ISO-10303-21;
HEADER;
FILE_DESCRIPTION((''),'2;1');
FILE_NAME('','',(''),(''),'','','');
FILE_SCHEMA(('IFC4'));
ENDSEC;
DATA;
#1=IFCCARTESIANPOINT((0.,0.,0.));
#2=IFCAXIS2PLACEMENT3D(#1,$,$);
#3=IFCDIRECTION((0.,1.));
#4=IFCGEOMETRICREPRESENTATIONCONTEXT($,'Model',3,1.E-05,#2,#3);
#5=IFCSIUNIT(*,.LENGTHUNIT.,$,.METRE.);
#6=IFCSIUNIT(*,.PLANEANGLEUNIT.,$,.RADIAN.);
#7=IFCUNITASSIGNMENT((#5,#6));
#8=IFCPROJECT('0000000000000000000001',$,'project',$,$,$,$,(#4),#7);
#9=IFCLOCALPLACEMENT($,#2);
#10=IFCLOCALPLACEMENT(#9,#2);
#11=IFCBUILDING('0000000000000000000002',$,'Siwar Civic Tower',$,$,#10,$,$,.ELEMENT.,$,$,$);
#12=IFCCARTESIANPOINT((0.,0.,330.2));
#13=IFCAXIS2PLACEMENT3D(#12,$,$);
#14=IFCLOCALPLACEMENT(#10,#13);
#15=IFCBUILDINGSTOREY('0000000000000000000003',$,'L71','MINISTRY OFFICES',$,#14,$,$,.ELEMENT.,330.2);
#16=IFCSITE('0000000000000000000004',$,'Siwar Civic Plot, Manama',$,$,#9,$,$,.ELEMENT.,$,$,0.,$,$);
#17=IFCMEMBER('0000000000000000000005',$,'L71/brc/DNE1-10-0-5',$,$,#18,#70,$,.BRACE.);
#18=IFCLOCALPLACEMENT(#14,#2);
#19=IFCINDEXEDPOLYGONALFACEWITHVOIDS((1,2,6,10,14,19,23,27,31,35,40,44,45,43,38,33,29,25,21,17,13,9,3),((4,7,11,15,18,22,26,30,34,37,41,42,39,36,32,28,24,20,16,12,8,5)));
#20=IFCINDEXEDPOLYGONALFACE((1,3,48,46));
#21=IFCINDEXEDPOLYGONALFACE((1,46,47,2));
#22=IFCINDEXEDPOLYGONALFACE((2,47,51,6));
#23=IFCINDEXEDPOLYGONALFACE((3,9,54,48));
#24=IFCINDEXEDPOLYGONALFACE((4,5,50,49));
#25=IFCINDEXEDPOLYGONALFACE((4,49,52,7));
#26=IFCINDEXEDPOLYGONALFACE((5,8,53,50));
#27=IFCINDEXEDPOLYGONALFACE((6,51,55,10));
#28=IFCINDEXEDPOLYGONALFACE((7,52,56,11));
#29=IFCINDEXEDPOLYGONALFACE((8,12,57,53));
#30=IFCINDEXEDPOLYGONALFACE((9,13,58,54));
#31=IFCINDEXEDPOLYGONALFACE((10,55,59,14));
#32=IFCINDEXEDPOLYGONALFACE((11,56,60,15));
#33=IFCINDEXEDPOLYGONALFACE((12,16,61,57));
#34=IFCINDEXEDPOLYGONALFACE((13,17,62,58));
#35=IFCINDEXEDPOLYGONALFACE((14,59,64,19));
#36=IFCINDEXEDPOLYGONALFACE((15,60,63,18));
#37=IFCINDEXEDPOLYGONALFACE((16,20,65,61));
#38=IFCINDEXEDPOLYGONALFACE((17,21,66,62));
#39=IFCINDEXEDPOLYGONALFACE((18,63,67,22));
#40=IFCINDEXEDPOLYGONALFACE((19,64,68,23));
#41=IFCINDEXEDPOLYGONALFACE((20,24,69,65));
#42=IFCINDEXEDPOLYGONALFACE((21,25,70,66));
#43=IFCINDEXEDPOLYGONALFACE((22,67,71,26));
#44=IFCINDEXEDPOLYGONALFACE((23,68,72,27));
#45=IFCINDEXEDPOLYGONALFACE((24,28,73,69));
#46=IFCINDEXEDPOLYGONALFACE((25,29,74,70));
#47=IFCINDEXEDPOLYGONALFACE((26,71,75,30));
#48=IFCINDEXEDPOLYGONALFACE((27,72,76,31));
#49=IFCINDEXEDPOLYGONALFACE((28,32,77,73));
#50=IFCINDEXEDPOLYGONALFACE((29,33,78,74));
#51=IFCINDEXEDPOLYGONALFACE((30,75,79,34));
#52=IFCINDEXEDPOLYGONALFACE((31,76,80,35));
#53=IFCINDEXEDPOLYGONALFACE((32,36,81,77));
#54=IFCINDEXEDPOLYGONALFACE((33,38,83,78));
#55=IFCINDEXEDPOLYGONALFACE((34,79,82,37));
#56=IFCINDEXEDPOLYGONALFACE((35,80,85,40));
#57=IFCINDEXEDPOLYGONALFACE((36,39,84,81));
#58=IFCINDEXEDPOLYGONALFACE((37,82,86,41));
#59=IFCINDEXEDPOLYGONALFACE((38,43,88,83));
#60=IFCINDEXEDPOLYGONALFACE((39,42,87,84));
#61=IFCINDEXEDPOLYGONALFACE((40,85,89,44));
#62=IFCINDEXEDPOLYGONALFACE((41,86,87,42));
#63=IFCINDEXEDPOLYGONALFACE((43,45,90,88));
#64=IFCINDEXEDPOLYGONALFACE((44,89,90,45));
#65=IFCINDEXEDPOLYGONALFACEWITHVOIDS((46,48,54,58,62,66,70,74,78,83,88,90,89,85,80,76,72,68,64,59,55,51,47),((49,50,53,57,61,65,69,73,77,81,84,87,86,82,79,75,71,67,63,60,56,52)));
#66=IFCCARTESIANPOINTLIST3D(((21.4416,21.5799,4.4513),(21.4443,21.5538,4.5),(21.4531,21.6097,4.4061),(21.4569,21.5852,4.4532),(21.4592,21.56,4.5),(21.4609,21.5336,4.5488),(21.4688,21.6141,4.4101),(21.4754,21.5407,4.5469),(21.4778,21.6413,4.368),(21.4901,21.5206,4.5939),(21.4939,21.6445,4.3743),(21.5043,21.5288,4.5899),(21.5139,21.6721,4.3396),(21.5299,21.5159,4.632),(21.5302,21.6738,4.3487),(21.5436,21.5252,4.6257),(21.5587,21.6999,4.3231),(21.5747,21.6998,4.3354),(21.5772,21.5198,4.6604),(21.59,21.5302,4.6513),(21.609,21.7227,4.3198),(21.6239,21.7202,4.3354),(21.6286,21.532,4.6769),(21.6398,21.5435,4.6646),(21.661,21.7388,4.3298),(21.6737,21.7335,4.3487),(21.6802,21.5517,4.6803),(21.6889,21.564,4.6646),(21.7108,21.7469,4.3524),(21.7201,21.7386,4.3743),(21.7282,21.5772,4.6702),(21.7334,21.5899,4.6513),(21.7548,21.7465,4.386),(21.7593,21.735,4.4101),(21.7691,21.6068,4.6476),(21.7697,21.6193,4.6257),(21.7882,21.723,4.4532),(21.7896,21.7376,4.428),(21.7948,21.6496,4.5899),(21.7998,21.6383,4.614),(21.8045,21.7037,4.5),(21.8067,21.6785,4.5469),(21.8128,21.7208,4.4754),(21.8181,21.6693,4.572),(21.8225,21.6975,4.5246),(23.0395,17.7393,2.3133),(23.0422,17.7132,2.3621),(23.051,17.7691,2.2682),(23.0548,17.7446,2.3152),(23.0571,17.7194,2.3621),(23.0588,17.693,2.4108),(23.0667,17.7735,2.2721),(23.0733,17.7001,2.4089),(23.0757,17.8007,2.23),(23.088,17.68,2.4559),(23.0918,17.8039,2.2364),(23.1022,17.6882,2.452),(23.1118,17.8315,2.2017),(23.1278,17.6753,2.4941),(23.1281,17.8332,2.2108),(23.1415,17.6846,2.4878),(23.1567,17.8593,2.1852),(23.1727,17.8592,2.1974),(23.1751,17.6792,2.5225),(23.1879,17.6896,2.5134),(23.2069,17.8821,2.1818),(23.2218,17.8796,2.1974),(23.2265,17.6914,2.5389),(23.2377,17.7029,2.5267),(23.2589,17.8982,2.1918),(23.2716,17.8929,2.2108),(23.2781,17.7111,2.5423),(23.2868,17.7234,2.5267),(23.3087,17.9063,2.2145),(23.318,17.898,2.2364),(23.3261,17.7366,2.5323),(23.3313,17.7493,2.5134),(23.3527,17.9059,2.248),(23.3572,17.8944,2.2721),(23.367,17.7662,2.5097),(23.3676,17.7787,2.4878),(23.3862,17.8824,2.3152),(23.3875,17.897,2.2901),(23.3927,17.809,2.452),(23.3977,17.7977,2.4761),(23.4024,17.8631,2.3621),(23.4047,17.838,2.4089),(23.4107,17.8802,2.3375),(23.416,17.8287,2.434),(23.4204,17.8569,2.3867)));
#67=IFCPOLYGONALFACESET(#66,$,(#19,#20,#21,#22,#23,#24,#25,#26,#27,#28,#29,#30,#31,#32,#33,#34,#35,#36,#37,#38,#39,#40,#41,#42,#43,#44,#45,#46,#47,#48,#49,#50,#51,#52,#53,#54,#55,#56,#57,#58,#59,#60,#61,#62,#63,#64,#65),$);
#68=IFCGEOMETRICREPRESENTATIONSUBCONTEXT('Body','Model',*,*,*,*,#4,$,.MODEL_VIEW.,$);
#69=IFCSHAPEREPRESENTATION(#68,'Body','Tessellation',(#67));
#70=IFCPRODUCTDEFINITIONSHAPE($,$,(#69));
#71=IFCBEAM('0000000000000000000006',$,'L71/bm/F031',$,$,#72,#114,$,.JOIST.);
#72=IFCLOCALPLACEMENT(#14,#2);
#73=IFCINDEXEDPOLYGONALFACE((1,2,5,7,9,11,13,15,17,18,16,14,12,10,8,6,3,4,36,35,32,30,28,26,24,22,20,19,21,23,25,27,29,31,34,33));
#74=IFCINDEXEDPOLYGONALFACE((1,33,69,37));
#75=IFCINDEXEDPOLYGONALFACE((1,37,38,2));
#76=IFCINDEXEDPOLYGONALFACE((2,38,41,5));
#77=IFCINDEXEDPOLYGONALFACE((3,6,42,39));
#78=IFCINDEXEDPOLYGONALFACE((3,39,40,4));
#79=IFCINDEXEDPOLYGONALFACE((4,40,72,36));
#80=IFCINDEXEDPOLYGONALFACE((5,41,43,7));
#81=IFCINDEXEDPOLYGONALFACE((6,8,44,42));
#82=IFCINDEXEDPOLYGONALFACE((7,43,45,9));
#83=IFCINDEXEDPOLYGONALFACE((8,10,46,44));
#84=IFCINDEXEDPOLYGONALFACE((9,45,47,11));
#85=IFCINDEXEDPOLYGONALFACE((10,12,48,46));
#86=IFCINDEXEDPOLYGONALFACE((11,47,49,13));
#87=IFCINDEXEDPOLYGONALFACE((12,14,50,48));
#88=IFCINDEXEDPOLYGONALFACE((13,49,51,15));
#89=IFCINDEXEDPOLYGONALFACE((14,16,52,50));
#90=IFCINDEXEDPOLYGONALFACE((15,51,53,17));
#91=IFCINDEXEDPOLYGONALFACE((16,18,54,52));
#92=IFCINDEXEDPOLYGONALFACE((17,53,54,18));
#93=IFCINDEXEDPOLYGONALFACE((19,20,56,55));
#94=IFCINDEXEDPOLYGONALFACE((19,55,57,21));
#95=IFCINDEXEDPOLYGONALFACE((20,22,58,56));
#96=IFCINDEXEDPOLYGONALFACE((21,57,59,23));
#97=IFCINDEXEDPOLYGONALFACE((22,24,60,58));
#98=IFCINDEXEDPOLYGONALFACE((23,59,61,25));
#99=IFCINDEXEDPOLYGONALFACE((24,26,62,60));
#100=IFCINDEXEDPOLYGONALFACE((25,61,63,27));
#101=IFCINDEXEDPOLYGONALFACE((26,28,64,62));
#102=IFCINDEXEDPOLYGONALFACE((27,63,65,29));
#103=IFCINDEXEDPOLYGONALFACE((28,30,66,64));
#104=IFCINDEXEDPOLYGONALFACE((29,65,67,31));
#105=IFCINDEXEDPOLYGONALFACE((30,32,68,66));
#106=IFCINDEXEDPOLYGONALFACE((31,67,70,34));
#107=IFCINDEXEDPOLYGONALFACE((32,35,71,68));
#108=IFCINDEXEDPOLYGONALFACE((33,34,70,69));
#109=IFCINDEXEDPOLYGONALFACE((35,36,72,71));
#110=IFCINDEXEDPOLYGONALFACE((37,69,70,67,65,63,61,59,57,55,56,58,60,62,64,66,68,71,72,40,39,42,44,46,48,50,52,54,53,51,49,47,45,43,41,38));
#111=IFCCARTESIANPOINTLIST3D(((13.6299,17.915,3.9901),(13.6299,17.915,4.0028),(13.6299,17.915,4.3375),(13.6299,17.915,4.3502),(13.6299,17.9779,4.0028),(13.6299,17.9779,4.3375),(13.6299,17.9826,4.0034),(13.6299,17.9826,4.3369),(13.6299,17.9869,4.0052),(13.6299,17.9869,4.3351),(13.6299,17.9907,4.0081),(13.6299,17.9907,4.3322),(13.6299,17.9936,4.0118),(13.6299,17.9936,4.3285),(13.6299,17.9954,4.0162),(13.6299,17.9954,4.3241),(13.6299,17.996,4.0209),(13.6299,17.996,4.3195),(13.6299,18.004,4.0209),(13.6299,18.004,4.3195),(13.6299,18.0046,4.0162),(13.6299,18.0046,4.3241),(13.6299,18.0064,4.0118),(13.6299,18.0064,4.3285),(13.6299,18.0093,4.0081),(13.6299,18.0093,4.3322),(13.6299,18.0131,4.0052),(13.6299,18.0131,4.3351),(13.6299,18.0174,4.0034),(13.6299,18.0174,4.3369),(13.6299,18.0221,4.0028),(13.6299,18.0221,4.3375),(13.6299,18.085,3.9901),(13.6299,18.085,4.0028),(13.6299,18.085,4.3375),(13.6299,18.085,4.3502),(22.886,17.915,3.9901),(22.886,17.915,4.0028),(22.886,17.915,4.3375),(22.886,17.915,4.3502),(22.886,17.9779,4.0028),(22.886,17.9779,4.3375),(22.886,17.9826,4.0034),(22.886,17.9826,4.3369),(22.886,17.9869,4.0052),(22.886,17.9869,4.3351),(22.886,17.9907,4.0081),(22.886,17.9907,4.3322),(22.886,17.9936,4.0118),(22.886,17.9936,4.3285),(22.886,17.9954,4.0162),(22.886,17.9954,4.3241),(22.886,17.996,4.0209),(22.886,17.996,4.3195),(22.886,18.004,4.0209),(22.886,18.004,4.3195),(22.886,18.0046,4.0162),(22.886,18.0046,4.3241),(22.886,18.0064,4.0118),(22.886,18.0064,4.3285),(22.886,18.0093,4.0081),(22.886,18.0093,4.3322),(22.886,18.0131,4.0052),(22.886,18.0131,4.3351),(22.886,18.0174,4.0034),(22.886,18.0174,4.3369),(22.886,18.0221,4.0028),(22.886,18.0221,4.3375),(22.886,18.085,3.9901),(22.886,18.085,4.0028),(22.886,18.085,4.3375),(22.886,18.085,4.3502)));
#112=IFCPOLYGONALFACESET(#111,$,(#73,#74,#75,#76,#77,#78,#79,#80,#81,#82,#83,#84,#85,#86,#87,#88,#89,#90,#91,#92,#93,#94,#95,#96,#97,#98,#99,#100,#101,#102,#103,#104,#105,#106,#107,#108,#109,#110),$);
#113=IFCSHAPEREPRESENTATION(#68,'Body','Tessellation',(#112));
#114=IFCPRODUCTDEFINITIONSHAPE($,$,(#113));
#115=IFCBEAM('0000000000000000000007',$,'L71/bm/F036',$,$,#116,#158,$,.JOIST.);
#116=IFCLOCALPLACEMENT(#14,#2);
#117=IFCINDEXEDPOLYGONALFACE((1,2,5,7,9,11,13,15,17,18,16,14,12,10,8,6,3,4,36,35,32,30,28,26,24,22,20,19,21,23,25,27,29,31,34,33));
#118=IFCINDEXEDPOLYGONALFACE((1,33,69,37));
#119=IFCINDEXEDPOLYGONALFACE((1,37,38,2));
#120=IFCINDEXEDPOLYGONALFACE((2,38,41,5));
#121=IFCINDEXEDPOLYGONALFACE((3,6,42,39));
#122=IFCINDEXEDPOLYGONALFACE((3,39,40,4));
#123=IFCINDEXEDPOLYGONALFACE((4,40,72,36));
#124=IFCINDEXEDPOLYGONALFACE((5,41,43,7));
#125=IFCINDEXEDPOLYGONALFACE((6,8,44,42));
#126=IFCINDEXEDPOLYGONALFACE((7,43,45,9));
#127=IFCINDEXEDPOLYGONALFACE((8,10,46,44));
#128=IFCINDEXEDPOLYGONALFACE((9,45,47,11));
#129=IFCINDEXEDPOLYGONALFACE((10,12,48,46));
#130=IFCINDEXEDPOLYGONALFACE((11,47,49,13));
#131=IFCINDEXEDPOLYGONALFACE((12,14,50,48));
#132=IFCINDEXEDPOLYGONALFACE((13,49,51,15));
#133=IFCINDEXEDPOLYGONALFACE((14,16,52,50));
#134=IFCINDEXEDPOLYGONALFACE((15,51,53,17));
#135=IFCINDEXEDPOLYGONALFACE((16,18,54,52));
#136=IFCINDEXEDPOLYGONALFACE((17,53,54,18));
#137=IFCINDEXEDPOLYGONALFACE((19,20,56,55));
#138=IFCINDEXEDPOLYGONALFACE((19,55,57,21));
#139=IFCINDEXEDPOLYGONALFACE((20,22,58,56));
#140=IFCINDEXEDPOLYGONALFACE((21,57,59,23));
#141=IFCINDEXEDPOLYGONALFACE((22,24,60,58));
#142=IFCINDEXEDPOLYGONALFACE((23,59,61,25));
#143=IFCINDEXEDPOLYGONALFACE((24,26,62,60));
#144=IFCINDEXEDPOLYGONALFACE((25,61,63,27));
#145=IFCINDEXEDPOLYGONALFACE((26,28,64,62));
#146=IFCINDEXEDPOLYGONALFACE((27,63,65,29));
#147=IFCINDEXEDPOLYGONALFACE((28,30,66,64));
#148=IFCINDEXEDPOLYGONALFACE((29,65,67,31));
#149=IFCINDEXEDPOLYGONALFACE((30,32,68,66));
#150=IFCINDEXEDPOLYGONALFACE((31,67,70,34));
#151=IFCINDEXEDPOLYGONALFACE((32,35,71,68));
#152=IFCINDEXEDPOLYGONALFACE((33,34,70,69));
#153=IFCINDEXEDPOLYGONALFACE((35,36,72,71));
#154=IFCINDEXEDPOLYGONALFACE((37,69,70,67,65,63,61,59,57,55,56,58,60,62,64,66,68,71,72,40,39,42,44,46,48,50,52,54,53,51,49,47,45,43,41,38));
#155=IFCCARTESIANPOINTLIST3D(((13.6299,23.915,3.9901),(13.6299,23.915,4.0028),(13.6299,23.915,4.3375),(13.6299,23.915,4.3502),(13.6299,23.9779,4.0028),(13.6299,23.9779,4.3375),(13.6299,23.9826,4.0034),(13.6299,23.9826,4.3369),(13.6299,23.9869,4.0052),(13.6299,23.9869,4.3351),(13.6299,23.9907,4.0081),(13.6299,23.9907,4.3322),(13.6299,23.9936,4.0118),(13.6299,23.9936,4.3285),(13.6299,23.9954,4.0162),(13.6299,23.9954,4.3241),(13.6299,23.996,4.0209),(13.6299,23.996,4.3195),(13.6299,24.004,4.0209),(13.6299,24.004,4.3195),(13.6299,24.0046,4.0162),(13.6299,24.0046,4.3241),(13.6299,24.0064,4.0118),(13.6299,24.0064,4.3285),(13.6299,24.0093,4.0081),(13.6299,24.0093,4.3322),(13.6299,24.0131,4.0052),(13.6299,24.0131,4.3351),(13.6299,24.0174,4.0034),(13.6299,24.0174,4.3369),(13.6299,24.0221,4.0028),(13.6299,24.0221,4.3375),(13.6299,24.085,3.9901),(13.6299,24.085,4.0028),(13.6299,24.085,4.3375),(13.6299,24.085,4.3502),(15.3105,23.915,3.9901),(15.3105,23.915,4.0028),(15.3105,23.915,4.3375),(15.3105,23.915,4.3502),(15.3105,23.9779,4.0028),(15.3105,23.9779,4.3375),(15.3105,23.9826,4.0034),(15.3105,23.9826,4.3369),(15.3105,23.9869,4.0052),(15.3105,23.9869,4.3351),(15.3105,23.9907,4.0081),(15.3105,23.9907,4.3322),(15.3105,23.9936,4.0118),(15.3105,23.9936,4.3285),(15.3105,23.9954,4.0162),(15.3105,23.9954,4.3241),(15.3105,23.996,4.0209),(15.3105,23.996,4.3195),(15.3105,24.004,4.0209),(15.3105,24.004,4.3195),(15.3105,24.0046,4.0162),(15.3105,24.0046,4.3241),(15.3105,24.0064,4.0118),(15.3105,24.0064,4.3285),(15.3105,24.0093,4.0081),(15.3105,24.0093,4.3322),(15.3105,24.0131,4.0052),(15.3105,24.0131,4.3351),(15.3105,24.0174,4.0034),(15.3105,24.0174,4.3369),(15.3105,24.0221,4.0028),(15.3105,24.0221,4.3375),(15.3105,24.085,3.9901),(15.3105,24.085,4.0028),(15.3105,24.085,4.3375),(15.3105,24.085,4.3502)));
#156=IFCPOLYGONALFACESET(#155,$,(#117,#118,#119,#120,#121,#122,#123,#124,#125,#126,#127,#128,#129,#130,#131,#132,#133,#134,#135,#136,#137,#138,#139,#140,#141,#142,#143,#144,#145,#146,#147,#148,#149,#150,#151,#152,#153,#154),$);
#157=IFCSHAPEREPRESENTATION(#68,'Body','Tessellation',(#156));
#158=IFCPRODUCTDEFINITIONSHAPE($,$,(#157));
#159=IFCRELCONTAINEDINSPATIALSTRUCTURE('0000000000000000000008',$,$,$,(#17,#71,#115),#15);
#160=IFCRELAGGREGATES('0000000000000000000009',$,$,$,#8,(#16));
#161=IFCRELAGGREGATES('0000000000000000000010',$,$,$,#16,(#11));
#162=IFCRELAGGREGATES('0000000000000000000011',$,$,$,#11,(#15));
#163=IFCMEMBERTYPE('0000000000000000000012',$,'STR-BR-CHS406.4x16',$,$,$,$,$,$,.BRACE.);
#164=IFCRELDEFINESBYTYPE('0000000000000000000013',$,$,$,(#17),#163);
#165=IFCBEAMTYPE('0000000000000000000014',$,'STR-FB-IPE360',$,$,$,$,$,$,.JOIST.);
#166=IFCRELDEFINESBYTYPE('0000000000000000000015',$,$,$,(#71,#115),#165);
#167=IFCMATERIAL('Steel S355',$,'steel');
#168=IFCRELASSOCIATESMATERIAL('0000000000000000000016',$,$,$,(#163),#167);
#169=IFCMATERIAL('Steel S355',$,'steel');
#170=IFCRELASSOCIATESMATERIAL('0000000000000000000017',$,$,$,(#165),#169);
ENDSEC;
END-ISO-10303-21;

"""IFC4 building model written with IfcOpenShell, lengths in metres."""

from ifc_helpers import new_model, si_unit, direction, frame, origin, origin_2d, place, context, subcontext, project, spatial, hollow_circle, i_section, extrude, material, material_profile, profile_set, type_object, element, save


model = new_model("IFC4")

# Units and contexts
model_context = context("Model", 3, precision=1e-05, world=origin(), true_north=direction((0.0, 1.0)))
body_context = subcontext(model_context, "Body", "Model", "MODEL_VIEW")
ifc_project = project(units=[si_unit("LENGTHUNIT", "METRE"), si_unit("PLANEANGLEUNIT", "RADIAN")], contexts=[model_context])

# Site, building, storey
site_placement = place(None, origin())
site = spatial("IfcSite", under=ifc_project, at=site_placement, Name="Siwar Civic Plot, Manama", CompositionType="ELEMENT", RefElevation=0.0)
building_placement = place(site_placement, origin())
building = spatial("IfcBuilding", under=site, at=building_placement, Name="Siwar Civic Tower", CompositionType="ELEMENT")
storey_placement = place(building_placement, frame((0.0, 0.0, 330.2)))
storey = spatial("IfcBuildingStorey", under=building, at=storey_placement, Name="L71", Description="MINISTRY OFFICES", CompositionType="ELEMENT", Elevation=330.2)

# Member
ifc_material_1 = material(Name="Steel S355", Category="steel")
ifc_material_profile_1 = material_profile(ifc_material_1, hollow_circle(Radius=0.2031, WallThickness=0.0161, at=origin_2d()), Name="CHS406.4x16")
ifc_profile_set_1 = profile_set([ifc_material_profile_1], Name="Steel S355")
member_type_1 = type_object("IfcMemberType", Name="STR-BR-CHS406.4x16", PredefinedType="BRACE", material=ifc_profile_set_1)
for number, where, z_axis, x_axis, name in (
    (1, (23.2297, 17.7913, 2.3621), (-0.341653, 0.821167, 0.45712), (-0.923276, -0.384136, 0.0), "L71/brc/DNE1-10-0-5"),
):
    element("IfcMember", number, at=place(storey_placement, frame(where, z_axis=z_axis, x_axis=x_axis)), inside=storey, type_object=member_type_1, Name=name, PredefinedType="BRACE", context=body_context, shape_type="SweptSolid", body=[
        extrude(hollow_circle(Radius=0.2031, WallThickness=0.0161, at=origin_2d()), origin(), (0.0, 0.0, 1.0), 4.677),
    ])

# Beams
ifc_material_2 = material(Name="Steel S355", Category="steel")
ifc_material_profile_2 = material_profile(ifc_material_2, i_section(OverallWidth=0.1699, OverallDepth=0.3601, WebThickness=0.0081, FlangeThickness=0.0127, FilletRadius=0.0181, at=origin_2d()), Name="IPE360")
ifc_profile_set_2 = profile_set([ifc_material_profile_2], Name="Steel S355")
beam_type_1 = type_object("IfcBeamType", Name="STR-FB-IPE360", PredefinedType="JOIST", material=ifc_profile_set_2)
beam_1_placement = place(storey_placement, frame((13.6299, 18.0, 4.1702), z_axis=(1.0, 0.0, 0.0), x_axis=(0.0, 1.0, 0.0)))
element("IfcBeam", 2, at=beam_1_placement, inside=storey, type_object=beam_type_1, Name="L71/bm/F031", PredefinedType="JOIST", context=body_context, shape_type="SweptSolid", body=[
    extrude(i_section(OverallWidth=0.1699, OverallDepth=0.3601, WebThickness=0.0081, FlangeThickness=0.0127, FilletRadius=0.0181, at=origin_2d()), origin(), (0.0, 0.0, 1.0), 9.2561),
])
beam_2_placement = place(storey_placement, frame((13.6299, 24.0, 4.1702), z_axis=(1.0, 0.0, 0.0), x_axis=(0.0, 1.0, 0.0)))
element("IfcBeam", 3, at=beam_2_placement, inside=storey, type_object=beam_type_1, Name="L71/bm/F036", PredefinedType="JOIST", context=body_context, shape_type="SweptSolid", body=[
    extrude(i_section(OverallWidth=0.1699, OverallDepth=0.3601, WebThickness=0.0081, FlangeThickness=0.0127, FilletRadius=0.0181, at=origin_2d()), origin(), (0.0, 0.0, 1.0), 1.6807),
])

save(model, "model.ifc")
